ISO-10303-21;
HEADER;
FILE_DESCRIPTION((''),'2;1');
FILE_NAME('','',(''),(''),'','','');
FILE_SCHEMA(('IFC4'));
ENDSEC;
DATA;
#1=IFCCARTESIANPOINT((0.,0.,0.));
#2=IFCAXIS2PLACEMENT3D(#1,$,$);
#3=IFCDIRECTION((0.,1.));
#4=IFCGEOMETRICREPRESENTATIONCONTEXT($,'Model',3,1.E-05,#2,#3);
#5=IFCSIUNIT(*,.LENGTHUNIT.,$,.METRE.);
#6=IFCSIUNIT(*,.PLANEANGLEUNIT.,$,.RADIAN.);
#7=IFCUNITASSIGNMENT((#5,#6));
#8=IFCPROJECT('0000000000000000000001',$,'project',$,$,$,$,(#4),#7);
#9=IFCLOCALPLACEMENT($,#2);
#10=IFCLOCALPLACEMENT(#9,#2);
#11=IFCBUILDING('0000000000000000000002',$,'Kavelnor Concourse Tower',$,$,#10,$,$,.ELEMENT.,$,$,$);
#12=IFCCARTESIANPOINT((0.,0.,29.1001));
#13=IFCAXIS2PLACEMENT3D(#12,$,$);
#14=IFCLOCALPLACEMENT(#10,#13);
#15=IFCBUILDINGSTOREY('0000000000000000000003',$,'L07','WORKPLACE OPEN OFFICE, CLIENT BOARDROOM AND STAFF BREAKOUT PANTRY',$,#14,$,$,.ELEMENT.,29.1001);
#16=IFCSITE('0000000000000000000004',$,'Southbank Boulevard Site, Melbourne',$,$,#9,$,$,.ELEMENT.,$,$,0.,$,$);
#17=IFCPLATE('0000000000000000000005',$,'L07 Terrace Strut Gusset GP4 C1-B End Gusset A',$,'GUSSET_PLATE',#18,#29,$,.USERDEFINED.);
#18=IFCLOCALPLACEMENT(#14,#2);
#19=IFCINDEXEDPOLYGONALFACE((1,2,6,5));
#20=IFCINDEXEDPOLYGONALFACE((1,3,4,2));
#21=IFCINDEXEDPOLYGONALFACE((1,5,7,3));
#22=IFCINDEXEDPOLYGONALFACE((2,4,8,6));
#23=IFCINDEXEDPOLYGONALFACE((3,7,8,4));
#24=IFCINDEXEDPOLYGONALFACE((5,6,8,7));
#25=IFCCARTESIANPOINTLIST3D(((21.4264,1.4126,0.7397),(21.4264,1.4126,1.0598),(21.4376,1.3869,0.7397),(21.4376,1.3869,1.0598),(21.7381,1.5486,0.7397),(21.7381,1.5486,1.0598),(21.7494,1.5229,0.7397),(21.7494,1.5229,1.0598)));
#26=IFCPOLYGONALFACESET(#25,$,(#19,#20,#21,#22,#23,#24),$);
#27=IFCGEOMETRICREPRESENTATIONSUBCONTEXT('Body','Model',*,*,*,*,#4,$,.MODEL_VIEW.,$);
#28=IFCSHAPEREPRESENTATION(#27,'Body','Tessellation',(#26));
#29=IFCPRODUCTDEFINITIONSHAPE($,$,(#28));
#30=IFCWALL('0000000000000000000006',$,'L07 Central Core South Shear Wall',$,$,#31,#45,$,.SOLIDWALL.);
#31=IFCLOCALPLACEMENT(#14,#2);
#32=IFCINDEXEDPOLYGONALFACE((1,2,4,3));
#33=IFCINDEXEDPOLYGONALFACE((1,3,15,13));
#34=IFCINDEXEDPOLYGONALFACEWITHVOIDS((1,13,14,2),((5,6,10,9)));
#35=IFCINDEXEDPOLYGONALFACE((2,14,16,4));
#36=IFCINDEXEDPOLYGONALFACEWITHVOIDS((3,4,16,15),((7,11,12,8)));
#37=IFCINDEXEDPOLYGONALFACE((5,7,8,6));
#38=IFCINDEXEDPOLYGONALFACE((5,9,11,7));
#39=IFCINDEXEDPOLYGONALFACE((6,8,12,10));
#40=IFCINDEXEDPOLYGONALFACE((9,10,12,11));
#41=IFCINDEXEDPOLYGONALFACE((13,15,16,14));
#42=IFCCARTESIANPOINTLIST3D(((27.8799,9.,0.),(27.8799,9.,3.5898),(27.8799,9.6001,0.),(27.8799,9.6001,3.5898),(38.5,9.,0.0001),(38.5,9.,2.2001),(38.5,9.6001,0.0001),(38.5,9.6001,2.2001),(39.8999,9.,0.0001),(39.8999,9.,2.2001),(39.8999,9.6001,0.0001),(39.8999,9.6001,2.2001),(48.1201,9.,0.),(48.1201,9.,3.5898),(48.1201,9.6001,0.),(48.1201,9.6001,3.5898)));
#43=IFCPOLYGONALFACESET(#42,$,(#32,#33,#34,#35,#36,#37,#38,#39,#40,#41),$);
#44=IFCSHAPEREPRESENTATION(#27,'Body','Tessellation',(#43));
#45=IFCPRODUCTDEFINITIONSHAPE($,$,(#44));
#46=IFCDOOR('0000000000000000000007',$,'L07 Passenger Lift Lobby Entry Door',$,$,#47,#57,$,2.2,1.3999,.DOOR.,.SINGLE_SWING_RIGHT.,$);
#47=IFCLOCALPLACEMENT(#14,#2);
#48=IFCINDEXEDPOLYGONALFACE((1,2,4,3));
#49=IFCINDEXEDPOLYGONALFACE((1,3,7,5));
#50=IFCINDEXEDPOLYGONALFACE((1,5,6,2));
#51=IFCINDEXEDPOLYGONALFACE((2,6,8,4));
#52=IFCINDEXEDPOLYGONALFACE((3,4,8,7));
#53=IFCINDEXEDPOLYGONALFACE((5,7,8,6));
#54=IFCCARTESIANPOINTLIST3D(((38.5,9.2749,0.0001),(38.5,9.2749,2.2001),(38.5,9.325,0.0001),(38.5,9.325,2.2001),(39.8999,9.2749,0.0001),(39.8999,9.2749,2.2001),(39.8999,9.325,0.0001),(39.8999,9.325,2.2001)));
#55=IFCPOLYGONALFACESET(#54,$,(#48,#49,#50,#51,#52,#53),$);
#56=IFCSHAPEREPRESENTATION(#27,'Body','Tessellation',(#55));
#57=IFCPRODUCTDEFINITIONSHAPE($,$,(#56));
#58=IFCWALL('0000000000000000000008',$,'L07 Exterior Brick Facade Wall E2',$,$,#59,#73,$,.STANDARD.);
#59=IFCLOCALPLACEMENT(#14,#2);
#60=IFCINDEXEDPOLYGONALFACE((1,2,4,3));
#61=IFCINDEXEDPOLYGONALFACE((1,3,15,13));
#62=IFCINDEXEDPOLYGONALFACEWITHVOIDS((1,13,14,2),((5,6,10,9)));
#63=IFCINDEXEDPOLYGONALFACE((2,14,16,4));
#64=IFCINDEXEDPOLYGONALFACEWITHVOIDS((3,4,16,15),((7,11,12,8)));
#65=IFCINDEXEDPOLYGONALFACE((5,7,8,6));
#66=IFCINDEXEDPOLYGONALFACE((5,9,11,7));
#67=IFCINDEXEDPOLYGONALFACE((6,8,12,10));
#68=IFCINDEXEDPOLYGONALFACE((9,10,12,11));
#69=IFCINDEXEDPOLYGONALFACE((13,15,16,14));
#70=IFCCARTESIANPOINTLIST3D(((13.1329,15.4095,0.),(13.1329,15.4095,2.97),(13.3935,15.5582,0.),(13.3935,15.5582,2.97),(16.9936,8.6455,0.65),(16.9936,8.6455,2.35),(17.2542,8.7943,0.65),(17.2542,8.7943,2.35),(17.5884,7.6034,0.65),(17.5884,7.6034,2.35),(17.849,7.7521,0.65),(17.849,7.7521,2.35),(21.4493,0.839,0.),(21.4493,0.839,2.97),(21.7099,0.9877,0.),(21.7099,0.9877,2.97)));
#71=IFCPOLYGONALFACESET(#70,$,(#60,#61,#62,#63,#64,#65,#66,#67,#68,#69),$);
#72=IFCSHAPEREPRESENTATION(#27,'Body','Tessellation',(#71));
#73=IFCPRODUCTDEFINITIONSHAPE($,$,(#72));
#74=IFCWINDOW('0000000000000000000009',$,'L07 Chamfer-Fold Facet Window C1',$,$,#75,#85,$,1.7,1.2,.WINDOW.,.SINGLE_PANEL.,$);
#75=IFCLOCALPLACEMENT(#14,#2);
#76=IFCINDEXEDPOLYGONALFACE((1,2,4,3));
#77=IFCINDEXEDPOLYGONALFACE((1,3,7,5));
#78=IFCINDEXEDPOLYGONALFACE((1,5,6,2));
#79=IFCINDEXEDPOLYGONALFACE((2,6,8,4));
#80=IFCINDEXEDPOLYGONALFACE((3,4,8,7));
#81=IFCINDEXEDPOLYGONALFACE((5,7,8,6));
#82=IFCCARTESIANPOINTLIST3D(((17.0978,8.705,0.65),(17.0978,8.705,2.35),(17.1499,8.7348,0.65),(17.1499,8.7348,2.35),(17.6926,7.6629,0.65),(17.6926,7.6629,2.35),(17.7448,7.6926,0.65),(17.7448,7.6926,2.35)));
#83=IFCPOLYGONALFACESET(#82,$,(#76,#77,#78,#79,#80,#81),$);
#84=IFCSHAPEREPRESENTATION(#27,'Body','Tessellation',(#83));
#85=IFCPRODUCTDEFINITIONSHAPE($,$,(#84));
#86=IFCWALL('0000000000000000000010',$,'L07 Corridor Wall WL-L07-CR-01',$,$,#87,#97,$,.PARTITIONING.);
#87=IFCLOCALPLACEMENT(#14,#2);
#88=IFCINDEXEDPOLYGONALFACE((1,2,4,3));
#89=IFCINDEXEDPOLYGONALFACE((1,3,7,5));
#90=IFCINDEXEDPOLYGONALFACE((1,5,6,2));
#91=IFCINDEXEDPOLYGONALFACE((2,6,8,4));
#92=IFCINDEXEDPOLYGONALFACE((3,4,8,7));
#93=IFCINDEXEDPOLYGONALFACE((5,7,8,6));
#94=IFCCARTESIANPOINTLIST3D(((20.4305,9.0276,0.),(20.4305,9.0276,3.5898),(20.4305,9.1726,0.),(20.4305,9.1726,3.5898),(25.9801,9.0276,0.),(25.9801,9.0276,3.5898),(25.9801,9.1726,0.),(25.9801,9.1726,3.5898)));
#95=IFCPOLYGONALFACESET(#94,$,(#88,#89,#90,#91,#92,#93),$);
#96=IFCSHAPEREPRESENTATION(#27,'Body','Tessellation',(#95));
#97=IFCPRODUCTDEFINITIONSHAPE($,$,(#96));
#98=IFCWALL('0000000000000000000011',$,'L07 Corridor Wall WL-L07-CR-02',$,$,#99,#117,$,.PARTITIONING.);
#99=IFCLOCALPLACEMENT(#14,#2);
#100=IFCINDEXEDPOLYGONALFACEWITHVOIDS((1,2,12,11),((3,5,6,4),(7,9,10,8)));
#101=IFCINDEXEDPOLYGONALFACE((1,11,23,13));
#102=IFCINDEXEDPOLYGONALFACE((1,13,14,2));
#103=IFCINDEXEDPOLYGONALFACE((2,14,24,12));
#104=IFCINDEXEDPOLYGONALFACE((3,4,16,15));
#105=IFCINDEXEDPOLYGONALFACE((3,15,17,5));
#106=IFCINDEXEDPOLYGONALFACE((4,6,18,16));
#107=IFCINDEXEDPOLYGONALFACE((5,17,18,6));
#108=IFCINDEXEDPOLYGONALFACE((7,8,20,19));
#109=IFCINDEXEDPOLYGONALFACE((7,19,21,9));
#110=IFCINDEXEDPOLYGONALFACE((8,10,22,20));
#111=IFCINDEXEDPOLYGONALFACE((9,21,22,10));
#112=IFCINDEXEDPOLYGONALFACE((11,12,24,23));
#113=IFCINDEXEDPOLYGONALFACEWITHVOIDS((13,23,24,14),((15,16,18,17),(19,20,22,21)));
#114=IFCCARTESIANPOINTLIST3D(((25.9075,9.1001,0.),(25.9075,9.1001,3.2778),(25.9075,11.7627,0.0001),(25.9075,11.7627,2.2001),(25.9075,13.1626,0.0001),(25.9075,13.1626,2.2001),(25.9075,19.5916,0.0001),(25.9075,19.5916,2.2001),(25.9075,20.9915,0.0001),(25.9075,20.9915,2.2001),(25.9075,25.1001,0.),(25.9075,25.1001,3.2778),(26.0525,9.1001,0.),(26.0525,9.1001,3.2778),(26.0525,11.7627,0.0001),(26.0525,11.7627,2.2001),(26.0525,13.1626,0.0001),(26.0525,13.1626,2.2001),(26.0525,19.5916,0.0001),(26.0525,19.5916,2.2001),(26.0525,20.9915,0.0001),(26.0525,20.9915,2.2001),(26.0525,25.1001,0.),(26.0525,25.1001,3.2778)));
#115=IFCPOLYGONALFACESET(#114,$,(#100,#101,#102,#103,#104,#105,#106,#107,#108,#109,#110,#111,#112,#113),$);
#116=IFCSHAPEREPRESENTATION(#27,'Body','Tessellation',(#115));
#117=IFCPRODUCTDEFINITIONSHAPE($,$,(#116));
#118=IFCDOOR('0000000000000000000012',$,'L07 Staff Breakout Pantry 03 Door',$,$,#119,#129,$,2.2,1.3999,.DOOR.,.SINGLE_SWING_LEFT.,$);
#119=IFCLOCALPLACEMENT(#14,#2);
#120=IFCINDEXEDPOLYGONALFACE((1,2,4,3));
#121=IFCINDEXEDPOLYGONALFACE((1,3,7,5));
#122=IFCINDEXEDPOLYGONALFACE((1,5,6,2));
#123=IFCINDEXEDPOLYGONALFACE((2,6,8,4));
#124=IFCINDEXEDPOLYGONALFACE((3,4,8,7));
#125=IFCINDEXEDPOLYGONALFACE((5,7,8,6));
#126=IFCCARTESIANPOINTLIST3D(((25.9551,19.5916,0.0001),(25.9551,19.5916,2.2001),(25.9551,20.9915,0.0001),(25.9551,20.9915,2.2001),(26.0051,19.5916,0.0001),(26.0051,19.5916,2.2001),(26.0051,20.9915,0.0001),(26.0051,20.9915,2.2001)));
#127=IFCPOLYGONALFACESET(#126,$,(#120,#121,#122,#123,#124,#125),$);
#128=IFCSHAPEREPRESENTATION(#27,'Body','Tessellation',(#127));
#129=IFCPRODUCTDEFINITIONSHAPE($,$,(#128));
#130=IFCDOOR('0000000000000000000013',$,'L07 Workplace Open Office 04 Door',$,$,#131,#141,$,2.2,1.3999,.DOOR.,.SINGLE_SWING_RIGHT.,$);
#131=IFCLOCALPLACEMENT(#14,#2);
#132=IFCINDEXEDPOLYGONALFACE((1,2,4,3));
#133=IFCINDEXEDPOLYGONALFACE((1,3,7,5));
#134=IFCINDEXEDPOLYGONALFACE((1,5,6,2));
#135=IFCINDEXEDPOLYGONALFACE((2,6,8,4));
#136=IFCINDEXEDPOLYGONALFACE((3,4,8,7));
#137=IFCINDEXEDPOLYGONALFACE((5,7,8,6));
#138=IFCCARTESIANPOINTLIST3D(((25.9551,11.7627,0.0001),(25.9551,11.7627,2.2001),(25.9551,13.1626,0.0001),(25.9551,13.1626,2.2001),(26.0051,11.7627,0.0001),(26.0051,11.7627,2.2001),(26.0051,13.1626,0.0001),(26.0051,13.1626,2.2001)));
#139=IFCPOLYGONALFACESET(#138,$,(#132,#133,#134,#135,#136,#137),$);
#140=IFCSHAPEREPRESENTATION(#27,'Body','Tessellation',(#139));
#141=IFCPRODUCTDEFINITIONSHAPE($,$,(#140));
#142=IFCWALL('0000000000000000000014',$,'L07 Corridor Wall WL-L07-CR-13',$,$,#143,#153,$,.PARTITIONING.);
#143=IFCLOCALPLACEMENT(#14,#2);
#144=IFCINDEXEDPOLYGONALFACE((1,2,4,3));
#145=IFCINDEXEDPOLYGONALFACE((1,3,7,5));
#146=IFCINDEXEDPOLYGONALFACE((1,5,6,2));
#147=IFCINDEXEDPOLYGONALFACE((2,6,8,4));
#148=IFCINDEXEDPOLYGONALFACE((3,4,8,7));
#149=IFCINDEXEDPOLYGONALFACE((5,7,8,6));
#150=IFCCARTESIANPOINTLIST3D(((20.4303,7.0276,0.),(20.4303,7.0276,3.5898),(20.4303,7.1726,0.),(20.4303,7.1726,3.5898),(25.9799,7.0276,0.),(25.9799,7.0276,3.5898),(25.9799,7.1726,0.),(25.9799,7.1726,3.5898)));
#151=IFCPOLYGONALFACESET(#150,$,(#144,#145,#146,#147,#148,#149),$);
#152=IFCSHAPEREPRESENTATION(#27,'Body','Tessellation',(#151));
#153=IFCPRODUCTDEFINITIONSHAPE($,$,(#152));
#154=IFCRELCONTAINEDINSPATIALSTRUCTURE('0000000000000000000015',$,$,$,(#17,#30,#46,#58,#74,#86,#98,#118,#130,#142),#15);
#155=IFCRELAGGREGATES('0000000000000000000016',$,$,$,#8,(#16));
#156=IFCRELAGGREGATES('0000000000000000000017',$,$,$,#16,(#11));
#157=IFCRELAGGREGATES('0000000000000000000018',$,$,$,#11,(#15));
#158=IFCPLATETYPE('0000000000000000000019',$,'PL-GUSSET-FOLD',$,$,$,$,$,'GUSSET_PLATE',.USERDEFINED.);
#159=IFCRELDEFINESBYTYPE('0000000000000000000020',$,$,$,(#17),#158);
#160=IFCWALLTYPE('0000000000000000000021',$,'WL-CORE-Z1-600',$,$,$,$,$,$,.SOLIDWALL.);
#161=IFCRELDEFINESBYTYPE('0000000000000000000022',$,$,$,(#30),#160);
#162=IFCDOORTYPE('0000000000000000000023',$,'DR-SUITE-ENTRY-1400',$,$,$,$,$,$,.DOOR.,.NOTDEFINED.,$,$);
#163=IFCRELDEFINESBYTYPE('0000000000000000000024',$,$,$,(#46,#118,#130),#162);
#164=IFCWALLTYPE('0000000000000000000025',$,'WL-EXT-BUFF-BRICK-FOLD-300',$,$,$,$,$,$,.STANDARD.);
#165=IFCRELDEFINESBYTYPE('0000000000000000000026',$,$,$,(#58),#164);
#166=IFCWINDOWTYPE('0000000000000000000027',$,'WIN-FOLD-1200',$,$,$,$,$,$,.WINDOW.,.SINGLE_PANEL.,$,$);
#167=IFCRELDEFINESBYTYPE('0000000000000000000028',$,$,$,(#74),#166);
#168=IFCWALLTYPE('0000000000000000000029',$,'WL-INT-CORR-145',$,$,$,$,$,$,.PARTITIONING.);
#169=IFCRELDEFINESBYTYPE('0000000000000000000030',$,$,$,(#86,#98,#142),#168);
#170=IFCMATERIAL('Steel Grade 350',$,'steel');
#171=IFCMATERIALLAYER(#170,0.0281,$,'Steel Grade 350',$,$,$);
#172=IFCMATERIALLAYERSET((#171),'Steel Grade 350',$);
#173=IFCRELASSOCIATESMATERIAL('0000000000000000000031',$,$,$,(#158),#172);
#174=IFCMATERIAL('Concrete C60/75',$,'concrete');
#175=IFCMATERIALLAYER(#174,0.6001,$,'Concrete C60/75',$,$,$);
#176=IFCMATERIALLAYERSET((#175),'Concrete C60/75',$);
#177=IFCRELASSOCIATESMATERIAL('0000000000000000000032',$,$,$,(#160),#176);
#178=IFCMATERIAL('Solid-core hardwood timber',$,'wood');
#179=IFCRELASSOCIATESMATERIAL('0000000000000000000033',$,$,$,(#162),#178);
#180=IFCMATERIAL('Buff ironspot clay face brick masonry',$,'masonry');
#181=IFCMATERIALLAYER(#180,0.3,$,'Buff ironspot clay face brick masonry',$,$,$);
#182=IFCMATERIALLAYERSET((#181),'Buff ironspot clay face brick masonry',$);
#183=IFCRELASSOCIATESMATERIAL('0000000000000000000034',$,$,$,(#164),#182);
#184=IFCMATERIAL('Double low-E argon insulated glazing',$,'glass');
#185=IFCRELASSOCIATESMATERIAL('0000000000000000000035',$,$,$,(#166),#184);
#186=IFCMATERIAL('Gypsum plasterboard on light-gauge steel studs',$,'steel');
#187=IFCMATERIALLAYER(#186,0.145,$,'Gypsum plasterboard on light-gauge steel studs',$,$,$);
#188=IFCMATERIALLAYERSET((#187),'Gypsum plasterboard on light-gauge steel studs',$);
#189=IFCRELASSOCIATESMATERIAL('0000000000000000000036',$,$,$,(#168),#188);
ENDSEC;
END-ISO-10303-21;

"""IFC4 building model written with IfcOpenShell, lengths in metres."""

from ifc_helpers import new_model, si_unit, direction, frame, frame_2d, origin, origin_2d, place, context, subcontext, project, spatial, rectangle, extrude, material, layer, layer_set, type_object, element, fill, save


model = new_model("IFC4")

# Units and contexts
model_context = context("Model", 3, precision=1e-05, world=origin(), true_north=direction((0.0, 1.0)))
body_context = subcontext(model_context, "Body", "Model", "MODEL_VIEW")
ifc_project = project(units=[si_unit("LENGTHUNIT", "METRE"), si_unit("PLANEANGLEUNIT", "RADIAN")], contexts=[model_context])

# Site, building, storey
site_placement = place(None, origin())
site = spatial("IfcSite", under=ifc_project, at=site_placement, Name="Southbank Boulevard Site, Melbourne", CompositionType="ELEMENT", RefElevation=0.0)
building_placement = place(site_placement, origin())
building = spatial("IfcBuilding", under=site, at=building_placement, Name="Kavelnor Concourse Tower", CompositionType="ELEMENT")
storey_placement = place(building_placement, frame((0.0, 0.0, 29.1001)))
storey = spatial("IfcBuildingStorey", under=building, at=storey_placement, Name="L07", Description="WORKPLACE OPEN OFFICE, CLIENT BOARDROOM AND STAFF BREAKOUT PANTRY", CompositionType="ELEMENT", Elevation=29.1001)

# Shared definitions
ifc_material_1 = material(Name="Steel Grade 350", Category="steel")

# Plate
ifc_layer_1 = layer(ifc_material_1, 0.0281, Name="Steel Grade 350")
ifc_layer_set_1 = layer_set([ifc_layer_1], Name="Steel Grade 350")
plate_type = type_object("IfcPlateType", Name="PL-GUSSET-FOLD", ElementType="GUSSET_PLATE", PredefinedType="USERDEFINED", material=ifc_layer_set_1)
plate_placement = place(storey_placement, frame((21.5879, 1.4678, 0.7397), z_axis=(0.0, 0.0, 1.0), x_axis=(-0.916572, -0.399869, 0.0)))
element("IfcPlate", 1, at=plate_placement, inside=storey, type_object=plate_type, Name="L07 Terrace Strut Gusset GP4 C1-B End Gusset A", ObjectType="GUSSET_PLATE", PredefinedType="USERDEFINED", context=body_context, shape_type="SweptSolid", body=[
    extrude(rectangle(XDim=0.3401, YDim=0.0281, at=origin_2d()), origin(), (0.0, 0.0, 1.0), 0.3201),
])

# Wall, opening, door
ifc_material_2 = material(Name="Concrete C60/75", Category="concrete")
ifc_layer_2 = layer(ifc_material_2, 0.6001, Name="Concrete C60/75")
ifc_layer_set_2 = layer_set([ifc_layer_2], Name="Concrete C60/75")
wall_type_1 = type_object("IfcWallType", Name="WL-CORE-Z1-600", PredefinedType="SOLIDWALL", material=ifc_layer_set_2)
wall_1_placement = place(storey_placement, frame((27.8799, 9.3, 0.0), z_axis=(0.0, 0.0, 1.0), x_axis=(1.0, 0.0, 0.0)))
wall_1 = element("IfcWall", 2, at=wall_1_placement, inside=storey, type_object=wall_type_1, Name="L07 Central Core South Shear Wall", PredefinedType="SOLIDWALL", context=body_context, shape_type="SweptSolid", body=[
    extrude(rectangle(XDim=20.2402, YDim=0.6001, at=frame_2d((10.1201, 0.0))), origin(), (0.0, 0.0, 1.0), 3.5898),
])
opening_1_placement = place(wall_1_placement, frame((10.6201, 0.0, 0.0)))
opening_1 = element("IfcOpeningElement", 3, at=opening_1_placement, cuts=wall_1, PredefinedType="OPENING", context=body_context, shape_type="SweptSolid", body=[
    extrude(rectangle(XDim=1.3999, YDim=2.2, at=frame_2d((0.7, 1.1001))), frame((0.0, 0.3101, 0.0), z_axis=(0.0, -1.0, 0.0), x_axis=(1.0, 0.0, 0.0)), (0.0, 0.0, 1.0), 0.6201),
])
ifc_material_3 = material(Name="Solid-core hardwood timber", Category="wood")
door_type = type_object("IfcDoorType", Name="DR-SUITE-ENTRY-1400", OperationType="NOTDEFINED", PredefinedType="DOOR", material=ifc_material_3)
door_1_placement = place(opening_1_placement, origin())
door_1 = element("IfcDoor", 4, at=door_1_placement, inside=storey, type_object=door_type, Name="L07 Passenger Lift Lobby Entry Door", OperationType="SINGLE_SWING_RIGHT", OverallHeight=2.2, OverallWidth=1.3999, PredefinedType="DOOR", context=body_context, shape_type="SweptSolid", body=[
    extrude(rectangle(XDim=1.3999, YDim=2.2, at=frame_2d((0.7, 1.1001))), frame((0.0, 0.0249, 0.0), z_axis=(0.0, -1.0, 0.0), x_axis=(1.0, 0.0, 0.0)), (0.0, 0.0, 1.0), 0.05),
])
fill(opening_1, door_1)

# Wall, opening, window
ifc_material_4 = material(Name="Buff ironspot clay face brick masonry", Category="masonry")
ifc_layer_3 = layer(ifc_material_4, 0.3, Name="Buff ironspot clay face brick masonry")
ifc_layer_set_3 = layer_set([ifc_layer_3], Name="Buff ironspot clay face brick masonry")
wall_type_2 = type_object("IfcWallType", Name="WL-EXT-BUFF-BRICK-FOLD-300", PredefinedType="STANDARD", material=ifc_layer_set_3)
wall_2_placement = place(storey_placement, frame((21.5796, 0.9133, 0.0), z_axis=(0.0, 0.0, 1.0), x_axis=(-0.495706, 0.86849, 0.0)))
wall_2 = element("IfcWall", 5, at=wall_2_placement, inside=storey, type_object=wall_type_2, Name="L07 Exterior Brick Facade Wall E2", PredefinedType="STANDARD", context=body_context, shape_type="SweptSolid", body=[
    extrude(rectangle(XDim=16.7769, YDim=0.3, at=frame_2d((8.3884, 0.0))), origin(), (0.0, 0.0, 1.0), 2.97),
])
opening_2_placement = place(wall_2_placement, frame((7.7886, 0.0, 0.6499)))
opening_2 = element("IfcOpeningElement", 6, at=opening_2_placement, cuts=wall_2, PredefinedType="OPENING", context=body_context, shape_type="SweptSolid", body=[
    extrude(rectangle(XDim=1.2, YDim=1.7, at=frame_2d((0.6001, 0.8501))), frame((0.0, 0.1602, 0.0), z_axis=(0.0, -1.0, 0.0), x_axis=(1.0, 0.0, 0.0)), (0.0, 0.0, 1.0), 0.3201),
])
ifc_material_5 = material(Name="Double low-E argon insulated glazing", Category="glass")
window_type = type_object("IfcWindowType", Name="WIN-FOLD-1200", PartitioningType="SINGLE_PANEL", PredefinedType="WINDOW", material=ifc_material_5)
window_placement = place(opening_2_placement, origin())
window = element("IfcWindow", 7, at=window_placement, inside=storey, type_object=window_type, Name="L07 Chamfer-Fold Facet Window C1", OverallHeight=1.7, OverallWidth=1.2, PartitioningType="SINGLE_PANEL", PredefinedType="WINDOW", context=body_context, shape_type="SweptSolid", body=[
    extrude(rectangle(XDim=1.2, YDim=1.7, at=frame_2d((0.6001, 0.8501))), frame((0.0, 0.03, 0.0), z_axis=(0.0, -1.0, 0.0), x_axis=(1.0, 0.0, 0.0)), (0.0, 0.0, 1.0), 0.0601),
])
fill(opening_2, window)

# Wall
ifc_material_6 = material(Name="Gypsum plasterboard on light-gauge steel studs", Category="steel")
ifc_layer_4 = layer(ifc_material_6, 0.145, Name="Gypsum plasterboard on light-gauge steel studs")
ifc_layer_set_4 = layer_set([ifc_layer_4], Name="Gypsum plasterboard on light-gauge steel studs")
wall_type_3 = type_object("IfcWallType", Name="WL-INT-CORR-145", PredefinedType="PARTITIONING", material=ifc_layer_set_4)
wall_3_placement = place(storey_placement, frame((20.4304, 9.1001, 0.0), z_axis=(0.0, 0.0, 1.0), x_axis=(1.0, 0.0, 0.0)))
element("IfcWall", 8, at=wall_3_placement, inside=storey, type_object=wall_type_3, Name="L07 Corridor Wall WL-L07-CR-01", PredefinedType="PARTITIONING", context=body_context, shape_type="SweptSolid", body=[
    extrude(rectangle(XDim=5.5496, YDim=0.145, at=frame_2d((2.7749, 0.0))), origin(), (0.0, 0.0, 1.0), 3.5898),
])

# Wall, openings, doors
wall_4_placement = place(storey_placement, frame((25.98, 9.1001, 0.0), z_axis=(0.0, 0.0, 1.0), x_axis=(0.0, 1.0, 0.0)))
wall_4 = element("IfcWall", 9, at=wall_4_placement, inside=storey, type_object=wall_type_3, Name="L07 Corridor Wall WL-L07-CR-02", PredefinedType="PARTITIONING", context=body_context, shape_type="SweptSolid", body=[
    extrude(rectangle(XDim=16.0, YDim=0.145, at=frame_2d((8.0, 0.0))), origin(), (0.0, 0.0, 1.0), 3.2778),
])
opening_3_placement = place(wall_4_placement, frame((10.4915, 0.0, 0.0)))
opening_3 = element("IfcOpeningElement", 10, at=opening_3_placement, cuts=wall_4, PredefinedType="OPENING", context=body_context, shape_type="SweptSolid", body=[
    extrude(rectangle(XDim=1.3999, YDim=2.2, at=frame_2d((0.7, 1.1001))), frame((0.0, 0.0825, 0.0), z_axis=(0.0, -1.0, 0.0), x_axis=(1.0, 0.0, 0.0)), (0.0, 0.0, 1.0), 0.165),
])
opening_4_placement = place(wall_4_placement, frame((2.6626, 0.0, 0.0)))
opening_4 = element("IfcOpeningElement", 11, at=opening_4_placement, cuts=wall_4, PredefinedType="OPENING", context=body_context, shape_type="SweptSolid", body=[
    extrude(rectangle(XDim=1.3999, YDim=2.2, at=frame_2d((0.7, 1.1001))), frame((0.0, 0.0825, 0.0), z_axis=(0.0, -1.0, 0.0), x_axis=(1.0, 0.0, 0.0)), (0.0, 0.0, 1.0), 0.165),
])
door_2_placement = place(opening_3_placement, origin())
door_2 = element("IfcDoor", 12, at=door_2_placement, inside=storey, type_object=door_type, Name="L07 Staff Breakout Pantry 03 Door", OperationType="SINGLE_SWING_LEFT", OverallHeight=2.2, OverallWidth=1.3999, PredefinedType="DOOR", context=body_context, shape_type="SweptSolid", body=[
    extrude(rectangle(XDim=1.3999, YDim=2.2, at=frame_2d((0.7, 1.1001))), frame((0.0, 0.0249, 0.0), z_axis=(0.0, -1.0, 0.0), x_axis=(1.0, 0.0, 0.0)), (0.0, 0.0, 1.0), 0.05),
])
fill(opening_3, door_2)
door_3_placement = place(opening_4_placement, origin())
door_3 = element("IfcDoor", 13, at=door_3_placement, inside=storey, type_object=door_type, Name="L07 Workplace Open Office 04 Door", OperationType="SINGLE_SWING_RIGHT", OverallHeight=2.2, OverallWidth=1.3999, PredefinedType="DOOR", context=body_context, shape_type="SweptSolid", body=[
    extrude(rectangle(XDim=1.3999, YDim=2.2, at=frame_2d((0.7, 1.1001))), frame((0.0, 0.0249, 0.0), z_axis=(0.0, -1.0, 0.0), x_axis=(1.0, 0.0, 0.0)), (0.0, 0.0, 1.0), 0.05),
])
fill(opening_4, door_3)

# Wall
wall_5_placement = place(storey_placement, frame((25.98, 7.1001, 0.0), z_axis=(0.0, 0.0, 1.0), x_axis=(-1.0, 0.0, 0.0)))
element("IfcWall", 14, at=wall_5_placement, inside=storey, type_object=wall_type_3, Name="L07 Corridor Wall WL-L07-CR-13", PredefinedType="PARTITIONING", context=body_context, shape_type="SweptSolid", body=[
    extrude(rectangle(XDim=5.5496, YDim=0.145, at=frame_2d((2.7749, 0.0))), origin(), (0.0, 0.0, 1.0), 3.5898),
])

save(model, "model.ifc")
